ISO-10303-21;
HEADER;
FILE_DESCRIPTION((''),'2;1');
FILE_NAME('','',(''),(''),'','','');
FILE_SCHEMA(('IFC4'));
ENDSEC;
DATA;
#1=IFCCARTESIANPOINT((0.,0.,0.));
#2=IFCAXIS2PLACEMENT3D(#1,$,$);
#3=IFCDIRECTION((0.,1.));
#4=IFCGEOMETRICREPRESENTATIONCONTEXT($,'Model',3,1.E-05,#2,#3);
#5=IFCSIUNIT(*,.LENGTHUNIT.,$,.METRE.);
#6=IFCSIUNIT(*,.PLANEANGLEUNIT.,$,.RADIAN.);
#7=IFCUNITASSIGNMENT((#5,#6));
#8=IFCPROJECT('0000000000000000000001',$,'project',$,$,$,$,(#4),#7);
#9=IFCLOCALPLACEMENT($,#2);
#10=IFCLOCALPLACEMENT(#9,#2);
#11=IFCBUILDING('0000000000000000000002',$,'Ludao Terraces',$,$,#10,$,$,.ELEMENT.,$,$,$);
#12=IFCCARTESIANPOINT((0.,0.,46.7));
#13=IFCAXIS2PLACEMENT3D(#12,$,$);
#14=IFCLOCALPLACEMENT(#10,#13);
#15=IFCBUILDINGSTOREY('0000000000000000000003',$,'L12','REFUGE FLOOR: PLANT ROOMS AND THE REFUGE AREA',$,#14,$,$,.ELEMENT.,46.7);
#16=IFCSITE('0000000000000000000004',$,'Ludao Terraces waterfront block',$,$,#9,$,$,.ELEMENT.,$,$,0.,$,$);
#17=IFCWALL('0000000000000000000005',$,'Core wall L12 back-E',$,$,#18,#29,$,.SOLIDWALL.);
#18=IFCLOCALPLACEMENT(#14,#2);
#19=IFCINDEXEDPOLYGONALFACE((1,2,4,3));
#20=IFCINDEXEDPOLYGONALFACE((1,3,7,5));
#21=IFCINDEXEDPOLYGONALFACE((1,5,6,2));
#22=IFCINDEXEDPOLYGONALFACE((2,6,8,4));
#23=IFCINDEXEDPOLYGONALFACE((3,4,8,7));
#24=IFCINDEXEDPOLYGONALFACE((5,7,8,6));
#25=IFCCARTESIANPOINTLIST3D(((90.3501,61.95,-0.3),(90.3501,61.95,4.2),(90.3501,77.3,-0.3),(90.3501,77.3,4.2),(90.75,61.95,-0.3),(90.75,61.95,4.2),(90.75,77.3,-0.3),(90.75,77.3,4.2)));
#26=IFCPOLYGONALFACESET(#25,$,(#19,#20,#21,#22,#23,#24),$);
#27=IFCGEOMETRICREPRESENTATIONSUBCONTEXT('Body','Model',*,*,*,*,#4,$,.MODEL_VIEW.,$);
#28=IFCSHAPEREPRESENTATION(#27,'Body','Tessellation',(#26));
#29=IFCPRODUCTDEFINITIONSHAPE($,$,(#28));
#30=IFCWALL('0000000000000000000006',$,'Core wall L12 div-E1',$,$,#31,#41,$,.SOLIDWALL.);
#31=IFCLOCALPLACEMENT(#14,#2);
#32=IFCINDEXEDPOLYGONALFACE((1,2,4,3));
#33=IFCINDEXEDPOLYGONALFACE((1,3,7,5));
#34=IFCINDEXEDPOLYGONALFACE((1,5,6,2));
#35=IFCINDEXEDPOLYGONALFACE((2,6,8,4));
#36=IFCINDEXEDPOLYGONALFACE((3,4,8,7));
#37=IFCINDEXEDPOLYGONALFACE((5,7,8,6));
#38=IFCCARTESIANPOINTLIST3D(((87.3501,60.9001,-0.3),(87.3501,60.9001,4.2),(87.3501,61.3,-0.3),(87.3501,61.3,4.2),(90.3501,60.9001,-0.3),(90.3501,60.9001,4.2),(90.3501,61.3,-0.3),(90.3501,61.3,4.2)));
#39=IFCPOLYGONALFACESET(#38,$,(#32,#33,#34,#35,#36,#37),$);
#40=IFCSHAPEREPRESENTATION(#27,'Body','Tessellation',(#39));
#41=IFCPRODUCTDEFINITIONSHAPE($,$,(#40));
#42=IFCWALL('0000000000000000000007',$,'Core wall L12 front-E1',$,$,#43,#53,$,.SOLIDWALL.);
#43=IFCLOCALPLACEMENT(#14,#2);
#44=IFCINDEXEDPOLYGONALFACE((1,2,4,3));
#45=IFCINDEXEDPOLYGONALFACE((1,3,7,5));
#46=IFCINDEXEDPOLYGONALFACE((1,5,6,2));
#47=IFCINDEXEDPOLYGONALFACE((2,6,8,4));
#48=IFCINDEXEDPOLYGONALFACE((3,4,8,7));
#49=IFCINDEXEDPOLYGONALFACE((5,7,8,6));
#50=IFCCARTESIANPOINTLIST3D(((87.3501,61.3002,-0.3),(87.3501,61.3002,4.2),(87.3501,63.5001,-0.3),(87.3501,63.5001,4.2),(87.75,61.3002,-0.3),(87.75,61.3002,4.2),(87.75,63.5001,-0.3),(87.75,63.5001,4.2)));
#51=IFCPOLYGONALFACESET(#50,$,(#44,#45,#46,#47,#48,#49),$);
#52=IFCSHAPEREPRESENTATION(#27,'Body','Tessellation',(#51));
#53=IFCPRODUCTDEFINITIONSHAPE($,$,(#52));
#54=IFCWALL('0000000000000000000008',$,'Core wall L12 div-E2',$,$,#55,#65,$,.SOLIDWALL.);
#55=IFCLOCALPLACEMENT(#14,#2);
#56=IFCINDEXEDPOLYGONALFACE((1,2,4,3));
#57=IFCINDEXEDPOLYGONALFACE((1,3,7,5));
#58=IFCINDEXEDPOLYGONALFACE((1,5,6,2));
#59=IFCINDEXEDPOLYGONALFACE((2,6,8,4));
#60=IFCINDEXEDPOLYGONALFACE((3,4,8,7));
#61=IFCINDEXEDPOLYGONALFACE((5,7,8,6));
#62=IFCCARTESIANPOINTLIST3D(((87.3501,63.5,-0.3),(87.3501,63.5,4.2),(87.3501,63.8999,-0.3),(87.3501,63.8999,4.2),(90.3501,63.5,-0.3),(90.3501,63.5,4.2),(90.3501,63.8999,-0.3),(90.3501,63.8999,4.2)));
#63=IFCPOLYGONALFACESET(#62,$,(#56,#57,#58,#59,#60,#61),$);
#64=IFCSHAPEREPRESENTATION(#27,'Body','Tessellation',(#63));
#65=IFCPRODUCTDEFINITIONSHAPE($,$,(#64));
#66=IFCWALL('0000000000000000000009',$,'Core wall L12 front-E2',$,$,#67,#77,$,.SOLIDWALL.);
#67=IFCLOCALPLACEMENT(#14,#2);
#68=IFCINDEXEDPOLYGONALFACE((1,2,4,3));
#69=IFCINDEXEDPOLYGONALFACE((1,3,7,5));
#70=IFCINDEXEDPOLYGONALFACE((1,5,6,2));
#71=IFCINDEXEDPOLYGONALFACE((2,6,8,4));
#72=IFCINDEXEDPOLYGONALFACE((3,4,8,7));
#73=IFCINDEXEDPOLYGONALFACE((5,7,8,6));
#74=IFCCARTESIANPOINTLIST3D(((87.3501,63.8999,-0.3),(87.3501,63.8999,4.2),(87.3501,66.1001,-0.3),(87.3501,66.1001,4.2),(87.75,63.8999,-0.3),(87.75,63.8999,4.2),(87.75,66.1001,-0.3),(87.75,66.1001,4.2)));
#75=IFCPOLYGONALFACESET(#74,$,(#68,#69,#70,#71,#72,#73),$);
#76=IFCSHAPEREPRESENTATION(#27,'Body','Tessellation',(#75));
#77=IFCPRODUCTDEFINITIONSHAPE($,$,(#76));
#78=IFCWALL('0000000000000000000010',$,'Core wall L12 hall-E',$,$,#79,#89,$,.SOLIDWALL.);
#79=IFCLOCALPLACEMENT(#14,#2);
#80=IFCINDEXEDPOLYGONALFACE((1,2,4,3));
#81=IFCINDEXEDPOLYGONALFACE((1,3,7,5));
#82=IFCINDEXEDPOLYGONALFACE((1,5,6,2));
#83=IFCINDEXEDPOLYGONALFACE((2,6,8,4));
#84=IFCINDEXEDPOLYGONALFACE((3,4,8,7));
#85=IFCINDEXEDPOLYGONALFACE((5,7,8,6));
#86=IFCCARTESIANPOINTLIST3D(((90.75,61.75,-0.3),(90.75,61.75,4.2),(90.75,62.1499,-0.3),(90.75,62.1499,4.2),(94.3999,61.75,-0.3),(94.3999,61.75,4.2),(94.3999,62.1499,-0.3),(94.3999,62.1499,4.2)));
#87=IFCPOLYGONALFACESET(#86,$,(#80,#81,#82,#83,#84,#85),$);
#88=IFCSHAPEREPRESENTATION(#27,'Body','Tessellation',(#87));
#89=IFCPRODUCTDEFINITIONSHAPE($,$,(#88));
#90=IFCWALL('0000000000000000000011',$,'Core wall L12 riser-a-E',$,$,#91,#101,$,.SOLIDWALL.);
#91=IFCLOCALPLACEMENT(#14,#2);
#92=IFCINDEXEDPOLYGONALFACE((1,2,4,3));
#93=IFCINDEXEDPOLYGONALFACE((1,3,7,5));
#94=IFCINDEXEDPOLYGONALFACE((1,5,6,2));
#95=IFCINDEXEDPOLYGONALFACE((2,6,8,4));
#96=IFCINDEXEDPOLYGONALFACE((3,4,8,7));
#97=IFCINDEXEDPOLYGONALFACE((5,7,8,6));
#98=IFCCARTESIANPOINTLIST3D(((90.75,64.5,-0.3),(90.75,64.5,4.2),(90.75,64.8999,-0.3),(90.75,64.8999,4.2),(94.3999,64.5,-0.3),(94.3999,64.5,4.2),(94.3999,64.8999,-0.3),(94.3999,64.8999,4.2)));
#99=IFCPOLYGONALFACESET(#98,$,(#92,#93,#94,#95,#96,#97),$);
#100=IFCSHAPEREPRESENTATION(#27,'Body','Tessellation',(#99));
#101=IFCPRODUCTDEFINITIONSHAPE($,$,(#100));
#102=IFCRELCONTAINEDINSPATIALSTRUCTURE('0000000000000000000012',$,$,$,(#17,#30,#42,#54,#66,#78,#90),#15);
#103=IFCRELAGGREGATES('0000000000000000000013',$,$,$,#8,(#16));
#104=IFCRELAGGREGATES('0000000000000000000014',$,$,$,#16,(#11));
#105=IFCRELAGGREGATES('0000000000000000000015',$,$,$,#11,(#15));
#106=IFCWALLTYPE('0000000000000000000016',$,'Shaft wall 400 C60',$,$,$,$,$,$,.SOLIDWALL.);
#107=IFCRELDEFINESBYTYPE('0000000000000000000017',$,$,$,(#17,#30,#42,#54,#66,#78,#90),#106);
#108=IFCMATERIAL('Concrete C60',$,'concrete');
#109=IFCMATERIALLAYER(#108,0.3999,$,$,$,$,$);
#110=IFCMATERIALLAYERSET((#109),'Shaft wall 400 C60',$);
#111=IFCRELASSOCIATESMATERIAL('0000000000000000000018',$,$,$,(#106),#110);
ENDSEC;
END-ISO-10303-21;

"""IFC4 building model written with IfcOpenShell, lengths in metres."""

from ifc_helpers import new_model, si_unit, direction, frame, frame_2d, origin, place, context, subcontext, project, spatial, rectangle, extrude, material, layer, layer_set, type_object, element, save


model = new_model("IFC4")

# Units and contexts
model_context = context("Model", 3, precision=1e-05, world=origin(), true_north=direction((0.0, 1.0)))
body_context = subcontext(model_context, "Body", "Model", "MODEL_VIEW")
ifc_project = project(units=[si_unit("LENGTHUNIT", "METRE"), si_unit("PLANEANGLEUNIT", "RADIAN")], contexts=[model_context])

# Site, building, storey
site_placement = place(None, origin())
site = spatial("IfcSite", under=ifc_project, at=site_placement, Name="Ludao Terraces waterfront block", CompositionType="ELEMENT", RefElevation=0.0)
building_placement = place(site_placement, origin())
building = spatial("IfcBuilding", under=site, at=building_placement, Name="Ludao Terraces", CompositionType="ELEMENT")
storey_placement = place(building_placement, frame((0.0, 0.0, 46.7)))
storey = spatial("IfcBuildingStorey", under=building, at=storey_placement, Name="L12", Description="REFUGE FLOOR: PLANT ROOMS AND THE REFUGE AREA", CompositionType="ELEMENT", Elevation=46.7)

# Shared definitions
ifc_material_1 = material(Name="Concrete C60", Category="concrete")
ifc_layer_1 = layer(ifc_material_1, 0.3999)
ifc_layer_set_1 = layer_set([ifc_layer_1], Name="Shaft wall 400 C60")
wall_type_1 = type_object("IfcWallType", Name="Shaft wall 400 C60", PredefinedType="SOLIDWALL", material=ifc_layer_set_1)

# Walls
wall_1_placement = place(storey_placement, frame((90.55, 61.95, -0.3), z_axis=(0.0, 0.0, 1.0), x_axis=(0.0, 1.0, 0.0)))
element("IfcWall", 1, at=wall_1_placement, inside=storey, type_object=wall_type_1, Name="Core wall L12 back-E", PredefinedType="SOLIDWALL", context=body_context, shape_type="SweptSolid", body=[
    extrude(rectangle(XDim=15.3501, YDim=0.3999, at=frame_2d((7.675, 0.0))), origin(), (0.0, 0.0, 1.0), 4.5),
])
wall_2_placement = place(storey_placement, frame((87.3501, 61.1001, -0.3), z_axis=(0.0, 0.0, 1.0), x_axis=(1.0, 0.0, 0.0)))
element("IfcWall", 2, at=wall_2_placement, inside=storey, type_object=wall_type_1, Name="Core wall L12 div-E1", PredefinedType="SOLIDWALL", context=body_context, shape_type="SweptSolid", body=[
    extrude(rectangle(XDim=3.0, YDim=0.3999, at=frame_2d((1.5, 0.0))), origin(), (0.0, 0.0, 1.0), 4.5),
])
wall_3_placement = place(storey_placement, frame((87.55, 61.3, -0.3), z_axis=(0.0, 0.0, 1.0), x_axis=(0.0, 1.0, 0.0)))
element("IfcWall", 3, at=wall_3_placement, inside=storey, type_object=wall_type_1, Name="Core wall L12 front-E1", PredefinedType="SOLIDWALL", context=body_context, shape_type="SweptSolid", body=[
    extrude(rectangle(XDim=2.2, YDim=0.3999, at=frame_2d((1.1001, 0.0))), origin(), (0.0, 0.0, 1.0), 4.5),
])
wall_4_placement = place(storey_placement, frame((87.3501, 63.7, -0.3), z_axis=(0.0, 0.0, 1.0), x_axis=(1.0, 0.0, 0.0)))
element("IfcWall", 4, at=wall_4_placement, inside=storey, type_object=wall_type_1, Name="Core wall L12 div-E2", PredefinedType="SOLIDWALL", context=body_context, shape_type="SweptSolid", body=[
    extrude(rectangle(XDim=3.0, YDim=0.3999, at=frame_2d((1.5, 0.0))), origin(), (0.0, 0.0, 1.0), 4.5),
])
wall_5_placement = place(storey_placement, frame((87.55, 63.8999, -0.3), z_axis=(0.0, 0.0, 1.0), x_axis=(0.0, 1.0, 0.0)))
element("IfcWall", 5, at=wall_5_placement, inside=storey, type_object=wall_type_1, Name="Core wall L12 front-E2", PredefinedType="SOLIDWALL", context=body_context, shape_type="SweptSolid", body=[
    extrude(rectangle(XDim=2.2002, YDim=0.3999, at=frame_2d((1.1001, 0.0))), origin(), (0.0, 0.0, 1.0), 4.5),
])
for number, where, z_axis, x_axis, name in (
    (6, (90.75, 61.95, -0.3), (0.0, 0.0, 1.0), (1.0, 0.0, 0.0), "Core wall L12 hall-E"),
    (7, (90.75, 64.7, -0.3), (0.0, 0.0, 1.0), (1.0, 0.0, 0.0), "Core wall L12 riser-a-E"),
):
    element("IfcWall", number, at=place(storey_placement, frame(where, z_axis=z_axis, x_axis=x_axis)), inside=storey, type_object=wall_type_1, Name=name, PredefinedType="SOLIDWALL", context=body_context, shape_type="SweptSolid", body=[
        extrude(rectangle(XDim=3.6499, YDim=0.3999, at=frame_2d((1.825, 0.0))), origin(), (0.0, 0.0, 1.0), 4.5),
    ])

save(model, "model.ifc")
